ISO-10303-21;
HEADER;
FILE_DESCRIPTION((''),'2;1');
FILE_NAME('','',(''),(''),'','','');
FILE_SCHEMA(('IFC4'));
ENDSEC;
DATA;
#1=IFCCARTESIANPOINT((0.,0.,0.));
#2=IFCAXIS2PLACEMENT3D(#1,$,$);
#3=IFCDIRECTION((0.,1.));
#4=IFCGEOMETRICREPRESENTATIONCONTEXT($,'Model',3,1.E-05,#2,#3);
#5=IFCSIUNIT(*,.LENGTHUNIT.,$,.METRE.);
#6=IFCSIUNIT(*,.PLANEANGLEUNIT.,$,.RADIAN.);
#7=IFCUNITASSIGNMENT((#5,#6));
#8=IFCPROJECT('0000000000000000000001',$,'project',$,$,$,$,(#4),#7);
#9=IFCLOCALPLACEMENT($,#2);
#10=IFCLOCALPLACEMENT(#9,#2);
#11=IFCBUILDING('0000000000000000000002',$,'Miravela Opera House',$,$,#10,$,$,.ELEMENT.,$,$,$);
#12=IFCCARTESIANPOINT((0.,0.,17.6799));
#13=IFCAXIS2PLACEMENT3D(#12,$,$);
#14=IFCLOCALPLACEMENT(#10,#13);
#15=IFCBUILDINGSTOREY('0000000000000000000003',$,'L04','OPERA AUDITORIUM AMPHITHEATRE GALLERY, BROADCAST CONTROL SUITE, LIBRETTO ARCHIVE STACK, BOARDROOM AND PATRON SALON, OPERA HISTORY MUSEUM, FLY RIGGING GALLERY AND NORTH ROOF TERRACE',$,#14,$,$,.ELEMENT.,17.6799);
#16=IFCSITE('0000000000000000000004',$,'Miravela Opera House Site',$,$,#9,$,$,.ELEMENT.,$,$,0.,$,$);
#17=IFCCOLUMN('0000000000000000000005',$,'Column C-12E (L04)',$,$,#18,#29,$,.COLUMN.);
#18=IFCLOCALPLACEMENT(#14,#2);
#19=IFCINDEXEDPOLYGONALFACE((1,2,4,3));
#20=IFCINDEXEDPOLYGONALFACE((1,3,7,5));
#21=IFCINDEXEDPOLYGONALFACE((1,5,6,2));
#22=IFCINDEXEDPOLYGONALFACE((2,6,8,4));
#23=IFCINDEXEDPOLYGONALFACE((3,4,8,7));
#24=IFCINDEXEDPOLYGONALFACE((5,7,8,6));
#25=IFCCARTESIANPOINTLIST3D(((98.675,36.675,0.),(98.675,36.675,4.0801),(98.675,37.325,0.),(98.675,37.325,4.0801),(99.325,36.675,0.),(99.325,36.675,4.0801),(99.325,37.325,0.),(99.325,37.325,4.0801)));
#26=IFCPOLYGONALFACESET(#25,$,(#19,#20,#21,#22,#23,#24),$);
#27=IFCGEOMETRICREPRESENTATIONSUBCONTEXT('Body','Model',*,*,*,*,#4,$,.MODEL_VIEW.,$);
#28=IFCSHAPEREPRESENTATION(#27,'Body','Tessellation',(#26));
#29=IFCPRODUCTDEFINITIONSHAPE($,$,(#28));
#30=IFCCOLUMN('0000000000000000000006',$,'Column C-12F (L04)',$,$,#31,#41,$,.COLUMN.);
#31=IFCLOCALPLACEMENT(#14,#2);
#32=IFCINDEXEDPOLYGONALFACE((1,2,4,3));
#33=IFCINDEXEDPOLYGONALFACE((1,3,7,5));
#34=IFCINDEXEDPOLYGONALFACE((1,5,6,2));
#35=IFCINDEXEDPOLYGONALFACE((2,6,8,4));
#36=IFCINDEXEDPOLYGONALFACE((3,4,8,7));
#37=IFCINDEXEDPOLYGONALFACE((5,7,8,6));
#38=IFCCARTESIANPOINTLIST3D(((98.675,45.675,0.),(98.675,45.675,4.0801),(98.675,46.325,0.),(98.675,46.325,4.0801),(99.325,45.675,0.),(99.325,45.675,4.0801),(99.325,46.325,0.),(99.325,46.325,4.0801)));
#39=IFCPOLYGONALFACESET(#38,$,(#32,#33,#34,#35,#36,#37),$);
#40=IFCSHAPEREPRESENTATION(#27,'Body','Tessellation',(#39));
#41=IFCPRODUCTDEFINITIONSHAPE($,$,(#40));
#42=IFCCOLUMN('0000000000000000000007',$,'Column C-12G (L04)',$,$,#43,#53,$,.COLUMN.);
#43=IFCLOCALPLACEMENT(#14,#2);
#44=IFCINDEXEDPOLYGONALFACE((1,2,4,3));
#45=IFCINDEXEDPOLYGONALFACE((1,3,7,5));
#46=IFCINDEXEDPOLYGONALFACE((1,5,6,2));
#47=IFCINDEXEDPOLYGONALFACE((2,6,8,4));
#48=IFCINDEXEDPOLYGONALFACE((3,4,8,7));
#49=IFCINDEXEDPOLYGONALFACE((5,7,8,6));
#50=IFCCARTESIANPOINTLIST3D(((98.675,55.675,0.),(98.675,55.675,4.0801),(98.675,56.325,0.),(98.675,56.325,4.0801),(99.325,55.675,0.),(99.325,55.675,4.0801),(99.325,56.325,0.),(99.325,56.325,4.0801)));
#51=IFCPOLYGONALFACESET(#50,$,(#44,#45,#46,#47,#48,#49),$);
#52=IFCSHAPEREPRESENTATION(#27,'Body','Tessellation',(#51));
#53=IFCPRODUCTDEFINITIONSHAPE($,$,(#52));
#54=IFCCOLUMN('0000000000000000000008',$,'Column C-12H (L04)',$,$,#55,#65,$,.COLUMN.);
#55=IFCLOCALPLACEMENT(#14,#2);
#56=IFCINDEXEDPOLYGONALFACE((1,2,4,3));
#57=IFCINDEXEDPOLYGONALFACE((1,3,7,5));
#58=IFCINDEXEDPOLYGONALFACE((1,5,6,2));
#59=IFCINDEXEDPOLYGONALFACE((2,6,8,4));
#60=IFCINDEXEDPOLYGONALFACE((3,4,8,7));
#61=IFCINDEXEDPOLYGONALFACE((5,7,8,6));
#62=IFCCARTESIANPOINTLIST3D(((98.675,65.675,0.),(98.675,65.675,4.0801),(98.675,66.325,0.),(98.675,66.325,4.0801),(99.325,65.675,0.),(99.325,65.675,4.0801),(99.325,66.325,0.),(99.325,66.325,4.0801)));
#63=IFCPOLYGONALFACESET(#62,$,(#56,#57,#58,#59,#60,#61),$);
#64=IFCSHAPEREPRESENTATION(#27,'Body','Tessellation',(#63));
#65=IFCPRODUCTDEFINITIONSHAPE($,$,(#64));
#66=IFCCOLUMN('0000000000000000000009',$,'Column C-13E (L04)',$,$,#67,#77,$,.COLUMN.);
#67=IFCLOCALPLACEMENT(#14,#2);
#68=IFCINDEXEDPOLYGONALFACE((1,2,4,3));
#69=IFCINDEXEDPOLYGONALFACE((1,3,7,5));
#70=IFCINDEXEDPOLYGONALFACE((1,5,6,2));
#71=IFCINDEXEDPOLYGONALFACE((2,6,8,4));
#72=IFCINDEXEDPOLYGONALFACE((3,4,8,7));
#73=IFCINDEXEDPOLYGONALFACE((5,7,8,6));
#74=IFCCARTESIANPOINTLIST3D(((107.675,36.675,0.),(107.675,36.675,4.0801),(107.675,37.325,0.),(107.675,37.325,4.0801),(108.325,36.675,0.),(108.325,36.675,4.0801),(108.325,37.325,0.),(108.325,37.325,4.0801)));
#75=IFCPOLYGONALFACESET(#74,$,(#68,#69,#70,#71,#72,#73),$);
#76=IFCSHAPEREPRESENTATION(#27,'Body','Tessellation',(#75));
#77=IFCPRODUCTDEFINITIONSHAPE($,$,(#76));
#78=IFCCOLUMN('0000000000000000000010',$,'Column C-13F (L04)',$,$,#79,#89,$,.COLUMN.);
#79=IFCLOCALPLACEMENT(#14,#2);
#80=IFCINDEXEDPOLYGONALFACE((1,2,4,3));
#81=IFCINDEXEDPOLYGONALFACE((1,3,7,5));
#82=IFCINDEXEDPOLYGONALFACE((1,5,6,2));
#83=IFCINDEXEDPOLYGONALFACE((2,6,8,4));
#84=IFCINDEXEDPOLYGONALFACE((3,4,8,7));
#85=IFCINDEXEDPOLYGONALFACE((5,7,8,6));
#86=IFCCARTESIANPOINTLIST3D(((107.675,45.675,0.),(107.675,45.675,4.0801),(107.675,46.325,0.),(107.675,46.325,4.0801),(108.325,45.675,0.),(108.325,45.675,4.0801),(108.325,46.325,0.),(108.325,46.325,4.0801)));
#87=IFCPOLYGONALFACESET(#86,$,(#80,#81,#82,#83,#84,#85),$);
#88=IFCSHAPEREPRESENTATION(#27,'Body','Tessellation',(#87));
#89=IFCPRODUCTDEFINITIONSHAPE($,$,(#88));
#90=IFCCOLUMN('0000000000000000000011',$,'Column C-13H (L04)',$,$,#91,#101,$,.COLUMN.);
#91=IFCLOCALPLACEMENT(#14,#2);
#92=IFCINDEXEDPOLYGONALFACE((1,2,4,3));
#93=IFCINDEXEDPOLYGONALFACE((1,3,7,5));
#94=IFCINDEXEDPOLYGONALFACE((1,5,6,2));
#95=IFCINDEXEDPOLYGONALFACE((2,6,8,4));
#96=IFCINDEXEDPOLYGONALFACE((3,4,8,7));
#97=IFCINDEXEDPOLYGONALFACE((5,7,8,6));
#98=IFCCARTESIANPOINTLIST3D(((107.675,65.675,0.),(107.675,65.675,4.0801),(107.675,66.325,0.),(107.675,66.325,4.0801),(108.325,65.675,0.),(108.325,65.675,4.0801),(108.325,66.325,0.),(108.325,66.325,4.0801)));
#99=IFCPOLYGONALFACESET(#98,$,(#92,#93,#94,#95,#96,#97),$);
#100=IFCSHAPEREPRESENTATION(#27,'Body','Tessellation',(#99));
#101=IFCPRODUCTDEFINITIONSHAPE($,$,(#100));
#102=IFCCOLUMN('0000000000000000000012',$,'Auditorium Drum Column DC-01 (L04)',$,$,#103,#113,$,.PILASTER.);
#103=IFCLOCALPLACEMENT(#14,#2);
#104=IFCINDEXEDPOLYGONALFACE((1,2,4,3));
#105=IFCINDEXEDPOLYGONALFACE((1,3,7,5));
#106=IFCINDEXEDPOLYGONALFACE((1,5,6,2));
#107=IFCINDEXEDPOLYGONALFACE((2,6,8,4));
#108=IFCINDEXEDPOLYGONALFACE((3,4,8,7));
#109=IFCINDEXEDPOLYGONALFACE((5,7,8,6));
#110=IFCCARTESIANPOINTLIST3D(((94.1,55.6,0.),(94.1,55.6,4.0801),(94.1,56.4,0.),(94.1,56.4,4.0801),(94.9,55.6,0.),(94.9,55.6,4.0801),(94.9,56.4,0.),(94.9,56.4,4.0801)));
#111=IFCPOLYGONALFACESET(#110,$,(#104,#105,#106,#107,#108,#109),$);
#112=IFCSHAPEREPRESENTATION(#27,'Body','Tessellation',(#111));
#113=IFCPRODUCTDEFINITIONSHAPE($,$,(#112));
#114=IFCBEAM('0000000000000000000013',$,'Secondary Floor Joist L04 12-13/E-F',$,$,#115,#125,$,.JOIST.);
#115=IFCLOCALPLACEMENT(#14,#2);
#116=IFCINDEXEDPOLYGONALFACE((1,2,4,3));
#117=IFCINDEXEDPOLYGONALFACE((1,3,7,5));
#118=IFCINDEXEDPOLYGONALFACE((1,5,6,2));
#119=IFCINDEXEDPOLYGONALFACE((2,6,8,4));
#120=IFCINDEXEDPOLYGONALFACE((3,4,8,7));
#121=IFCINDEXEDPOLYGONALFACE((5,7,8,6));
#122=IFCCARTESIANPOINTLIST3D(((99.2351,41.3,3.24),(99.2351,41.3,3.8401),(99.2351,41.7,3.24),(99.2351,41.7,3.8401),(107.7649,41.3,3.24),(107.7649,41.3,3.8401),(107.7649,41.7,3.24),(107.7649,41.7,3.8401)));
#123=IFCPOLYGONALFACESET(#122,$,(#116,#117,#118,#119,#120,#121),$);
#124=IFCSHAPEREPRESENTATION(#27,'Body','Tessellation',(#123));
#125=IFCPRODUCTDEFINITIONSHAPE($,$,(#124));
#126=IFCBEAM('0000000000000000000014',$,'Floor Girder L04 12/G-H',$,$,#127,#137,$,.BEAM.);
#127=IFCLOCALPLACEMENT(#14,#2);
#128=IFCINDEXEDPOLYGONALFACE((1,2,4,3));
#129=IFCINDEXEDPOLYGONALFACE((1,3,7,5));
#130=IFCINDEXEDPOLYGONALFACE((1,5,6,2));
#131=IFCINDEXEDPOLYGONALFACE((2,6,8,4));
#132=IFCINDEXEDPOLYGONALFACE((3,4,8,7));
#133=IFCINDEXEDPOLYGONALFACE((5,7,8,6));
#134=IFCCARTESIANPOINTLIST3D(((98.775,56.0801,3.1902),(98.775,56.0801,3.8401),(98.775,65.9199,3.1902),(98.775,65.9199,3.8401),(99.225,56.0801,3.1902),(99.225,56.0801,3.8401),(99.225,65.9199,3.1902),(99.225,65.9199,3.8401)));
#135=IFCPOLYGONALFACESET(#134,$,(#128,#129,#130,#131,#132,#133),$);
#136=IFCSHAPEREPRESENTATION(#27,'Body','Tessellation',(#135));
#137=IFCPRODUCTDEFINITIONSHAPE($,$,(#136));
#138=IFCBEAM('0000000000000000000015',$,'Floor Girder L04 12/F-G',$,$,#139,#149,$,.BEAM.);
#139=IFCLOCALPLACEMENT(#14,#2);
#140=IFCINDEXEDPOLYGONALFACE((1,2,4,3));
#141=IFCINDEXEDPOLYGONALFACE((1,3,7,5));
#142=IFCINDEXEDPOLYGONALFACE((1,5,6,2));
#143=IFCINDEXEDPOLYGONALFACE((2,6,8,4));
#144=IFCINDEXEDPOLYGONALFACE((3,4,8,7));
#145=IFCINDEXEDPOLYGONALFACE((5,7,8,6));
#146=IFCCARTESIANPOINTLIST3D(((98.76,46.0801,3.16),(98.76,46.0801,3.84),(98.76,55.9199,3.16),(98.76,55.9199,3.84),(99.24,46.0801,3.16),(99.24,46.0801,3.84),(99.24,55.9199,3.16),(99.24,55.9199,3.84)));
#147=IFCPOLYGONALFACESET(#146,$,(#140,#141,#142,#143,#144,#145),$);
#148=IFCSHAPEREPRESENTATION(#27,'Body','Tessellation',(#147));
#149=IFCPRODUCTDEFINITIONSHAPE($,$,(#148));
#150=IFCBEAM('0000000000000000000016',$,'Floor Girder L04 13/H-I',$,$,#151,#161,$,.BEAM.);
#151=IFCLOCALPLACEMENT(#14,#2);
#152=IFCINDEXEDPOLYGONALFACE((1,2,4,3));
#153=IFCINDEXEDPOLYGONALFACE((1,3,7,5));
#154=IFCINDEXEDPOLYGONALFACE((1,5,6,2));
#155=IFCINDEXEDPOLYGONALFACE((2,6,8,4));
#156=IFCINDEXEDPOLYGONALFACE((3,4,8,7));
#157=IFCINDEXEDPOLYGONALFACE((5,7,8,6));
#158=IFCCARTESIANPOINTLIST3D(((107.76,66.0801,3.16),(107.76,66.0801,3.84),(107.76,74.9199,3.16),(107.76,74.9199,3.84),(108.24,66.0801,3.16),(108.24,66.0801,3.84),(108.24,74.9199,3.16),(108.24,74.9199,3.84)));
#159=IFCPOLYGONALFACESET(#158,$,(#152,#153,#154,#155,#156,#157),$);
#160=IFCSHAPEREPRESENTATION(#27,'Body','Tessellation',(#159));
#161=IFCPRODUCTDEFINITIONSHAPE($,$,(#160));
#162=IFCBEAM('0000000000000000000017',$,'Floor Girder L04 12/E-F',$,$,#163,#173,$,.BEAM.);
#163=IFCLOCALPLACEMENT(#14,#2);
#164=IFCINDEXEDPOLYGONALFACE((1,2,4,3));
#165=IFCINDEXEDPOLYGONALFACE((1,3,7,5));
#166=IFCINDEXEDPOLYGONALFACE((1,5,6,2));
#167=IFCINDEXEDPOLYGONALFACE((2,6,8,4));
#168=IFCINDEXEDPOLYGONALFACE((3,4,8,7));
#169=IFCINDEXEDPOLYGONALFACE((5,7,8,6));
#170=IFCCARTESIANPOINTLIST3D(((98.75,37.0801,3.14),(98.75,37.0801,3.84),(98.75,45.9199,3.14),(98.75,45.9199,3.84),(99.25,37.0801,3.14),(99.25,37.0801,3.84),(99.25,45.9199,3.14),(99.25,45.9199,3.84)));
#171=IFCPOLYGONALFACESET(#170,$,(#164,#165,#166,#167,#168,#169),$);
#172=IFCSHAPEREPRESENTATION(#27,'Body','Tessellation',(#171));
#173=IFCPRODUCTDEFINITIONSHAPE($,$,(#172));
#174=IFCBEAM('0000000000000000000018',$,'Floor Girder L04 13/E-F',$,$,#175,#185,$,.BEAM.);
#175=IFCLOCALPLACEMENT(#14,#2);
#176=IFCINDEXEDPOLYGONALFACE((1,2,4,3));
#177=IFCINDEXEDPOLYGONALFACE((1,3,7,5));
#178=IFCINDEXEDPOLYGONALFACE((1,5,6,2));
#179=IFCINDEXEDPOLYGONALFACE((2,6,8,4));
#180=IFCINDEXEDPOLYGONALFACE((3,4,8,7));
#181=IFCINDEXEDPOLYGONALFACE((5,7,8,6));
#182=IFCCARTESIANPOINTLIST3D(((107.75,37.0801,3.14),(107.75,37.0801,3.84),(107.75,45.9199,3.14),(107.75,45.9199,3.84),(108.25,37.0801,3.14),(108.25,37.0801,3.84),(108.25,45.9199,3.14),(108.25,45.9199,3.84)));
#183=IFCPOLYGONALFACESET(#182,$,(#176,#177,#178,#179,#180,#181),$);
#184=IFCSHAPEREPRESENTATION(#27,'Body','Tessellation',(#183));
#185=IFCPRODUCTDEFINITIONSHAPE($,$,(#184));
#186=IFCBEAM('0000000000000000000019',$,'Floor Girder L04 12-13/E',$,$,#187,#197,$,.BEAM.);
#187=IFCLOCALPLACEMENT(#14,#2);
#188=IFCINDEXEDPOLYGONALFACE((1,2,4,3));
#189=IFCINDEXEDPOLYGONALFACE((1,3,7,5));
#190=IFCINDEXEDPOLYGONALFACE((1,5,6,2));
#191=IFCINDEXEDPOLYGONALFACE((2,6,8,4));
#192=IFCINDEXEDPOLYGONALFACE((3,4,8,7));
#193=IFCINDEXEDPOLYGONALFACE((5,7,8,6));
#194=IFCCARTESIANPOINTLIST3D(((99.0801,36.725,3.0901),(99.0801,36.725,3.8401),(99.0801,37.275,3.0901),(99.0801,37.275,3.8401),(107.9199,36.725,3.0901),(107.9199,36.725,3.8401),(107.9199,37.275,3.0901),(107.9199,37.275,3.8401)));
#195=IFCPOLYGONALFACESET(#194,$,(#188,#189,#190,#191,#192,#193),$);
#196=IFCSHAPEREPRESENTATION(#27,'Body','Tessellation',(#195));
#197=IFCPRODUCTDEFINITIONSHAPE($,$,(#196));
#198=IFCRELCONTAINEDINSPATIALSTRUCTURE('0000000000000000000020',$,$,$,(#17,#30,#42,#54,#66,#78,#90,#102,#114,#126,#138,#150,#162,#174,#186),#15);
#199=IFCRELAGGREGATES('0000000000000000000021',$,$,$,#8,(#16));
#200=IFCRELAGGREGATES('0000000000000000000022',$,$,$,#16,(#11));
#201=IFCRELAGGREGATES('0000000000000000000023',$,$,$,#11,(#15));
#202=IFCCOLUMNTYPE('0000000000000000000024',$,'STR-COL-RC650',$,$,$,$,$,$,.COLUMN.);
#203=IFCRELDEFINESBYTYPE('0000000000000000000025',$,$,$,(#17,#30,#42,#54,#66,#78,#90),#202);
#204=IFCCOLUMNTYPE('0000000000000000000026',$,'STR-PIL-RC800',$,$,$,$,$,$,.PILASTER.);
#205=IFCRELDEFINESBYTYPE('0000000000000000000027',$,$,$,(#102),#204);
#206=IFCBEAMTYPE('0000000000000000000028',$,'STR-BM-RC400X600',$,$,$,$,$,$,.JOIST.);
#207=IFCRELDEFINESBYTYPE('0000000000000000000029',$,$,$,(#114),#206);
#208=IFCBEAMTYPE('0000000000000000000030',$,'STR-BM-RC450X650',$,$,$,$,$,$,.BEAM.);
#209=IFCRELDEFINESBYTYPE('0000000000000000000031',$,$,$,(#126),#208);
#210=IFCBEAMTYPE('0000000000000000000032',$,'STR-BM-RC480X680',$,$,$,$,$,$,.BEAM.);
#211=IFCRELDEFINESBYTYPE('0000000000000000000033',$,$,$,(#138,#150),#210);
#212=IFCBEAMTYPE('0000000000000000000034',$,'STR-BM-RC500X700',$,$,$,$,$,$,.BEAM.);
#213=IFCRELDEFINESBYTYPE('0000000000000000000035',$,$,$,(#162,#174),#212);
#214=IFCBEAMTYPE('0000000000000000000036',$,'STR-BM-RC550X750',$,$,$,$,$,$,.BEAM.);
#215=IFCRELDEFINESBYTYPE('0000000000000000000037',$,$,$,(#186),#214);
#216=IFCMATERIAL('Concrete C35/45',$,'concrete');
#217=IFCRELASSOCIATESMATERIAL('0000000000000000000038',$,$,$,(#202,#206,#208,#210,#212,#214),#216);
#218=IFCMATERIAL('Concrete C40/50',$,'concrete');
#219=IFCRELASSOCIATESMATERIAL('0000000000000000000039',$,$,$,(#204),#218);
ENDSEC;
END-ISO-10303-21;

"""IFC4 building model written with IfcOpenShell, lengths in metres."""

from ifc_helpers import new_model, si_unit, direction, frame, origin, origin_2d, place, context, subcontext, project, spatial, rectangle, extrude, material, material_profile, profile_set, type_object, element, save


model = new_model("IFC4")

# Units and contexts
model_context = context("Model", 3, precision=1e-05, world=origin(), true_north=direction((0.0, 1.0)))
body_context = subcontext(model_context, "Body", "Model", "MODEL_VIEW")
ifc_project = project(units=[si_unit("LENGTHUNIT", "METRE"), si_unit("PLANEANGLEUNIT", "RADIAN")], contexts=[model_context])

# Site, building, storey
site_placement = place(None, origin())
site = spatial("IfcSite", under=ifc_project, at=site_placement, Name="Miravela Opera House Site", CompositionType="ELEMENT", RefElevation=0.0)
building_placement = place(site_placement, origin())
building = spatial("IfcBuilding", under=site, at=building_placement, Name="Miravela Opera House", CompositionType="ELEMENT")
storey_placement = place(building_placement, frame((0.0, 0.0, 17.6799)))
storey = spatial("IfcBuildingStorey", under=building, at=storey_placement, Name="L04", Description="OPERA AUDITORIUM AMPHITHEATRE GALLERY, BROADCAST CONTROL SUITE, LIBRETTO ARCHIVE STACK, BOARDROOM AND PATRON SALON, OPERA HISTORY MUSEUM, FLY RIGGING GALLERY AND NORTH ROOF TERRACE", CompositionType="ELEMENT", Elevation=17.6799)

# Columns
ifc_material_1 = material(Name="Concrete C35/45", Category="concrete")
ifc_material_profile_1 = material_profile(ifc_material_1, rectangle(XDim=0.6499, YDim=0.6499, at=origin_2d()), Name="RC-COL-650X650")
ifc_profile_set_1 = profile_set([ifc_material_profile_1])
column_type_1 = type_object("IfcColumnType", Name="STR-COL-RC650", PredefinedType="COLUMN", material=ifc_profile_set_1)
for number, where, z_axis, x_axis, name in (
    (1, (99.0, 37.0, 0.0), (0.0, 0.0, 1.0), (1.0, 0.0, 0.0), "Column C-12E (L04)"),
    (2, (99.0, 46.0, 0.0), (0.0, 0.0, 1.0), (1.0, 0.0, 0.0), "Column C-12F (L04)"),
    (3, (99.0, 56.0, 0.0), (0.0, 0.0, 1.0), (1.0, 0.0, 0.0), "Column C-12G (L04)"),
    (4, (99.0, 66.0, 0.0), (0.0, 0.0, 1.0), (1.0, 0.0, 0.0), "Column C-12H (L04)"),
    (5, (108.0, 37.0, 0.0), (0.0, 0.0, 1.0), (1.0, 0.0, 0.0), "Column C-13E (L04)"),
    (6, (108.0, 46.0, 0.0), (0.0, 0.0, 1.0), (1.0, 0.0, 0.0), "Column C-13F (L04)"),
    (7, (108.0, 66.0, 0.0), (0.0, 0.0, 1.0), (1.0, 0.0, 0.0), "Column C-13H (L04)"),
):
    element("IfcColumn", number, at=place(storey_placement, frame(where, z_axis=z_axis, x_axis=x_axis)), inside=storey, type_object=column_type_1, Name=name, PredefinedType="COLUMN", context=body_context, shape_type="SweptSolid", body=[
        extrude(rectangle(XDim=0.6499, YDim=0.6499, at=origin_2d()), origin(), (0.0, 0.0, 1.0), 4.0801),
    ])
ifc_material_2 = material(Name="Concrete C40/50", Category="concrete")
ifc_material_profile_2 = material_profile(ifc_material_2, rectangle(XDim=0.8, YDim=0.8, at=origin_2d()), Name="RC-COL-800X800")
ifc_profile_set_2 = profile_set([ifc_material_profile_2])
column_type_2 = type_object("IfcColumnType", Name="STR-PIL-RC800", PredefinedType="PILASTER", material=ifc_profile_set_2)
column_placement = place(storey_placement, frame((94.5, 56.0, 0.0), z_axis=(0.0, 0.0, 1.0), x_axis=(1.0, 0.0, 0.0)))
element("IfcColumn", 8, at=column_placement, inside=storey, type_object=column_type_2, Name="Auditorium Drum Column DC-01 (L04)", PredefinedType="PILASTER", context=body_context, shape_type="SweptSolid", body=[
    extrude(rectangle(XDim=0.8, YDim=0.8, at=origin_2d()), origin(), (0.0, 0.0, 1.0), 4.0801),
])

# Beams
ifc_material_profile_3 = material_profile(ifc_material_1, rectangle(XDim=0.3999, YDim=0.6001, at=origin_2d()), Name="RC-BM-400X600")
ifc_profile_set_3 = profile_set([ifc_material_profile_3])
beam_type_1 = type_object("IfcBeamType", Name="STR-BM-RC400X600", PredefinedType="JOIST", material=ifc_profile_set_3)
beam_1_placement = place(storey_placement, frame((99.2351, 41.5, 3.54), z_axis=(1.0, 0.0, 0.0), x_axis=(0.0, 1.0, 0.0)))
element("IfcBeam", 9, at=beam_1_placement, inside=storey, type_object=beam_type_1, Name="Secondary Floor Joist L04 12-13/E-F", PredefinedType="JOIST", context=body_context, shape_type="SweptSolid", body=[
    extrude(rectangle(XDim=0.3999, YDim=0.6001, at=origin_2d()), origin(), (0.0, 0.0, 1.0), 8.5298),
])
ifc_material_profile_4 = material_profile(ifc_material_1, rectangle(XDim=0.45, YDim=0.6499, at=origin_2d()), Name="RC-BM-450X650")
ifc_profile_set_4 = profile_set([ifc_material_profile_4])
beam_type_2 = type_object("IfcBeamType", Name="STR-BM-RC450X650", PredefinedType="BEAM", material=ifc_profile_set_4)
beam_2_placement = place(storey_placement, frame((99.0, 56.0801, 3.5151), z_axis=(0.0, 1.0, 0.0), x_axis=(-1.0, 0.0, 0.0)))
element("IfcBeam", 10, at=beam_2_placement, inside=storey, type_object=beam_type_2, Name="Floor Girder L04 12/G-H", PredefinedType="BEAM", context=body_context, shape_type="SweptSolid", body=[
    extrude(rectangle(XDim=0.45, YDim=0.6499, at=origin_2d()), origin(), (0.0, 0.0, 1.0), 9.8398),
])
ifc_material_profile_5 = material_profile(ifc_material_1, rectangle(XDim=0.48, YDim=0.6799, at=origin_2d()), Name="RC-BM-480X680")
ifc_profile_set_5 = profile_set([ifc_material_profile_5])
beam_type_3 = type_object("IfcBeamType", Name="STR-BM-RC480X680", PredefinedType="BEAM", material=ifc_profile_set_5)
beam_3_placement = place(storey_placement, frame((99.0, 46.0801, 3.5), z_axis=(0.0, 1.0, 0.0), x_axis=(-1.0, 0.0, 0.0)))
element("IfcBeam", 11, at=beam_3_placement, inside=storey, type_object=beam_type_3, Name="Floor Girder L04 12/F-G", PredefinedType="BEAM", context=body_context, shape_type="SweptSolid", body=[
    extrude(rectangle(XDim=0.48, YDim=0.6799, at=origin_2d()), origin(), (0.0, 0.0, 1.0), 9.8398),
])
beam_4_placement = place(storey_placement, frame((108.0, 66.0801, 3.5), z_axis=(0.0, 1.0, 0.0), x_axis=(-1.0, 0.0, 0.0)))
element("IfcBeam", 12, at=beam_4_placement, inside=storey, type_object=beam_type_3, Name="Floor Girder L04 13/H-I", PredefinedType="BEAM", context=body_context, shape_type="SweptSolid", body=[
    extrude(rectangle(XDim=0.48, YDim=0.6799, at=origin_2d()), origin(), (0.0, 0.0, 1.0), 8.8398),
])
ifc_material_profile_6 = material_profile(ifc_material_1, rectangle(XDim=0.5, YDim=0.7, at=origin_2d()), Name="RC-BM-500X700")
ifc_profile_set_6 = profile_set([ifc_material_profile_6])
beam_type_4 = type_object("IfcBeamType", Name="STR-BM-RC500X700", PredefinedType="BEAM", material=ifc_profile_set_6)
for number, where, z_axis, x_axis, name in (
    (13, (99.0, 37.0801, 3.49), (0.0, 1.0, 0.0), (-1.0, 0.0, 0.0), "Floor Girder L04 12/E-F"),
    (14, (108.0, 37.0801, 3.49), (0.0, 1.0, 0.0), (-1.0, 0.0, 0.0), "Floor Girder L04 13/E-F"),
):
    element("IfcBeam", number, at=place(storey_placement, frame(where, z_axis=z_axis, x_axis=x_axis)), inside=storey, type_object=beam_type_4, Name=name, PredefinedType="BEAM", context=body_context, shape_type="SweptSolid", body=[
        extrude(rectangle(XDim=0.5, YDim=0.7, at=origin_2d()), origin(), (0.0, 0.0, 1.0), 8.8398),
    ])
ifc_material_profile_7 = material_profile(ifc_material_1, rectangle(XDim=0.55, YDim=0.75, at=origin_2d()), Name="RC-BM-550X750")
ifc_profile_set_7 = profile_set([ifc_material_profile_7])
beam_type_5 = type_object("IfcBeamType", Name="STR-BM-RC550X750", PredefinedType="BEAM", material=ifc_profile_set_7)
beam_5_placement = place(storey_placement, frame((99.0801, 37.0, 3.4651), z_axis=(1.0, 0.0, 0.0), x_axis=(0.0, 1.0, 0.0)))
element("IfcBeam", 15, at=beam_5_placement, inside=storey, type_object=beam_type_5, Name="Floor Girder L04 12-13/E", PredefinedType="BEAM", context=body_context, shape_type="SweptSolid", body=[
    extrude(rectangle(XDim=0.55, YDim=0.75, at=origin_2d()), origin(), (0.0, 0.0, 1.0), 8.8398),
])

save(model, "model.ifc")
